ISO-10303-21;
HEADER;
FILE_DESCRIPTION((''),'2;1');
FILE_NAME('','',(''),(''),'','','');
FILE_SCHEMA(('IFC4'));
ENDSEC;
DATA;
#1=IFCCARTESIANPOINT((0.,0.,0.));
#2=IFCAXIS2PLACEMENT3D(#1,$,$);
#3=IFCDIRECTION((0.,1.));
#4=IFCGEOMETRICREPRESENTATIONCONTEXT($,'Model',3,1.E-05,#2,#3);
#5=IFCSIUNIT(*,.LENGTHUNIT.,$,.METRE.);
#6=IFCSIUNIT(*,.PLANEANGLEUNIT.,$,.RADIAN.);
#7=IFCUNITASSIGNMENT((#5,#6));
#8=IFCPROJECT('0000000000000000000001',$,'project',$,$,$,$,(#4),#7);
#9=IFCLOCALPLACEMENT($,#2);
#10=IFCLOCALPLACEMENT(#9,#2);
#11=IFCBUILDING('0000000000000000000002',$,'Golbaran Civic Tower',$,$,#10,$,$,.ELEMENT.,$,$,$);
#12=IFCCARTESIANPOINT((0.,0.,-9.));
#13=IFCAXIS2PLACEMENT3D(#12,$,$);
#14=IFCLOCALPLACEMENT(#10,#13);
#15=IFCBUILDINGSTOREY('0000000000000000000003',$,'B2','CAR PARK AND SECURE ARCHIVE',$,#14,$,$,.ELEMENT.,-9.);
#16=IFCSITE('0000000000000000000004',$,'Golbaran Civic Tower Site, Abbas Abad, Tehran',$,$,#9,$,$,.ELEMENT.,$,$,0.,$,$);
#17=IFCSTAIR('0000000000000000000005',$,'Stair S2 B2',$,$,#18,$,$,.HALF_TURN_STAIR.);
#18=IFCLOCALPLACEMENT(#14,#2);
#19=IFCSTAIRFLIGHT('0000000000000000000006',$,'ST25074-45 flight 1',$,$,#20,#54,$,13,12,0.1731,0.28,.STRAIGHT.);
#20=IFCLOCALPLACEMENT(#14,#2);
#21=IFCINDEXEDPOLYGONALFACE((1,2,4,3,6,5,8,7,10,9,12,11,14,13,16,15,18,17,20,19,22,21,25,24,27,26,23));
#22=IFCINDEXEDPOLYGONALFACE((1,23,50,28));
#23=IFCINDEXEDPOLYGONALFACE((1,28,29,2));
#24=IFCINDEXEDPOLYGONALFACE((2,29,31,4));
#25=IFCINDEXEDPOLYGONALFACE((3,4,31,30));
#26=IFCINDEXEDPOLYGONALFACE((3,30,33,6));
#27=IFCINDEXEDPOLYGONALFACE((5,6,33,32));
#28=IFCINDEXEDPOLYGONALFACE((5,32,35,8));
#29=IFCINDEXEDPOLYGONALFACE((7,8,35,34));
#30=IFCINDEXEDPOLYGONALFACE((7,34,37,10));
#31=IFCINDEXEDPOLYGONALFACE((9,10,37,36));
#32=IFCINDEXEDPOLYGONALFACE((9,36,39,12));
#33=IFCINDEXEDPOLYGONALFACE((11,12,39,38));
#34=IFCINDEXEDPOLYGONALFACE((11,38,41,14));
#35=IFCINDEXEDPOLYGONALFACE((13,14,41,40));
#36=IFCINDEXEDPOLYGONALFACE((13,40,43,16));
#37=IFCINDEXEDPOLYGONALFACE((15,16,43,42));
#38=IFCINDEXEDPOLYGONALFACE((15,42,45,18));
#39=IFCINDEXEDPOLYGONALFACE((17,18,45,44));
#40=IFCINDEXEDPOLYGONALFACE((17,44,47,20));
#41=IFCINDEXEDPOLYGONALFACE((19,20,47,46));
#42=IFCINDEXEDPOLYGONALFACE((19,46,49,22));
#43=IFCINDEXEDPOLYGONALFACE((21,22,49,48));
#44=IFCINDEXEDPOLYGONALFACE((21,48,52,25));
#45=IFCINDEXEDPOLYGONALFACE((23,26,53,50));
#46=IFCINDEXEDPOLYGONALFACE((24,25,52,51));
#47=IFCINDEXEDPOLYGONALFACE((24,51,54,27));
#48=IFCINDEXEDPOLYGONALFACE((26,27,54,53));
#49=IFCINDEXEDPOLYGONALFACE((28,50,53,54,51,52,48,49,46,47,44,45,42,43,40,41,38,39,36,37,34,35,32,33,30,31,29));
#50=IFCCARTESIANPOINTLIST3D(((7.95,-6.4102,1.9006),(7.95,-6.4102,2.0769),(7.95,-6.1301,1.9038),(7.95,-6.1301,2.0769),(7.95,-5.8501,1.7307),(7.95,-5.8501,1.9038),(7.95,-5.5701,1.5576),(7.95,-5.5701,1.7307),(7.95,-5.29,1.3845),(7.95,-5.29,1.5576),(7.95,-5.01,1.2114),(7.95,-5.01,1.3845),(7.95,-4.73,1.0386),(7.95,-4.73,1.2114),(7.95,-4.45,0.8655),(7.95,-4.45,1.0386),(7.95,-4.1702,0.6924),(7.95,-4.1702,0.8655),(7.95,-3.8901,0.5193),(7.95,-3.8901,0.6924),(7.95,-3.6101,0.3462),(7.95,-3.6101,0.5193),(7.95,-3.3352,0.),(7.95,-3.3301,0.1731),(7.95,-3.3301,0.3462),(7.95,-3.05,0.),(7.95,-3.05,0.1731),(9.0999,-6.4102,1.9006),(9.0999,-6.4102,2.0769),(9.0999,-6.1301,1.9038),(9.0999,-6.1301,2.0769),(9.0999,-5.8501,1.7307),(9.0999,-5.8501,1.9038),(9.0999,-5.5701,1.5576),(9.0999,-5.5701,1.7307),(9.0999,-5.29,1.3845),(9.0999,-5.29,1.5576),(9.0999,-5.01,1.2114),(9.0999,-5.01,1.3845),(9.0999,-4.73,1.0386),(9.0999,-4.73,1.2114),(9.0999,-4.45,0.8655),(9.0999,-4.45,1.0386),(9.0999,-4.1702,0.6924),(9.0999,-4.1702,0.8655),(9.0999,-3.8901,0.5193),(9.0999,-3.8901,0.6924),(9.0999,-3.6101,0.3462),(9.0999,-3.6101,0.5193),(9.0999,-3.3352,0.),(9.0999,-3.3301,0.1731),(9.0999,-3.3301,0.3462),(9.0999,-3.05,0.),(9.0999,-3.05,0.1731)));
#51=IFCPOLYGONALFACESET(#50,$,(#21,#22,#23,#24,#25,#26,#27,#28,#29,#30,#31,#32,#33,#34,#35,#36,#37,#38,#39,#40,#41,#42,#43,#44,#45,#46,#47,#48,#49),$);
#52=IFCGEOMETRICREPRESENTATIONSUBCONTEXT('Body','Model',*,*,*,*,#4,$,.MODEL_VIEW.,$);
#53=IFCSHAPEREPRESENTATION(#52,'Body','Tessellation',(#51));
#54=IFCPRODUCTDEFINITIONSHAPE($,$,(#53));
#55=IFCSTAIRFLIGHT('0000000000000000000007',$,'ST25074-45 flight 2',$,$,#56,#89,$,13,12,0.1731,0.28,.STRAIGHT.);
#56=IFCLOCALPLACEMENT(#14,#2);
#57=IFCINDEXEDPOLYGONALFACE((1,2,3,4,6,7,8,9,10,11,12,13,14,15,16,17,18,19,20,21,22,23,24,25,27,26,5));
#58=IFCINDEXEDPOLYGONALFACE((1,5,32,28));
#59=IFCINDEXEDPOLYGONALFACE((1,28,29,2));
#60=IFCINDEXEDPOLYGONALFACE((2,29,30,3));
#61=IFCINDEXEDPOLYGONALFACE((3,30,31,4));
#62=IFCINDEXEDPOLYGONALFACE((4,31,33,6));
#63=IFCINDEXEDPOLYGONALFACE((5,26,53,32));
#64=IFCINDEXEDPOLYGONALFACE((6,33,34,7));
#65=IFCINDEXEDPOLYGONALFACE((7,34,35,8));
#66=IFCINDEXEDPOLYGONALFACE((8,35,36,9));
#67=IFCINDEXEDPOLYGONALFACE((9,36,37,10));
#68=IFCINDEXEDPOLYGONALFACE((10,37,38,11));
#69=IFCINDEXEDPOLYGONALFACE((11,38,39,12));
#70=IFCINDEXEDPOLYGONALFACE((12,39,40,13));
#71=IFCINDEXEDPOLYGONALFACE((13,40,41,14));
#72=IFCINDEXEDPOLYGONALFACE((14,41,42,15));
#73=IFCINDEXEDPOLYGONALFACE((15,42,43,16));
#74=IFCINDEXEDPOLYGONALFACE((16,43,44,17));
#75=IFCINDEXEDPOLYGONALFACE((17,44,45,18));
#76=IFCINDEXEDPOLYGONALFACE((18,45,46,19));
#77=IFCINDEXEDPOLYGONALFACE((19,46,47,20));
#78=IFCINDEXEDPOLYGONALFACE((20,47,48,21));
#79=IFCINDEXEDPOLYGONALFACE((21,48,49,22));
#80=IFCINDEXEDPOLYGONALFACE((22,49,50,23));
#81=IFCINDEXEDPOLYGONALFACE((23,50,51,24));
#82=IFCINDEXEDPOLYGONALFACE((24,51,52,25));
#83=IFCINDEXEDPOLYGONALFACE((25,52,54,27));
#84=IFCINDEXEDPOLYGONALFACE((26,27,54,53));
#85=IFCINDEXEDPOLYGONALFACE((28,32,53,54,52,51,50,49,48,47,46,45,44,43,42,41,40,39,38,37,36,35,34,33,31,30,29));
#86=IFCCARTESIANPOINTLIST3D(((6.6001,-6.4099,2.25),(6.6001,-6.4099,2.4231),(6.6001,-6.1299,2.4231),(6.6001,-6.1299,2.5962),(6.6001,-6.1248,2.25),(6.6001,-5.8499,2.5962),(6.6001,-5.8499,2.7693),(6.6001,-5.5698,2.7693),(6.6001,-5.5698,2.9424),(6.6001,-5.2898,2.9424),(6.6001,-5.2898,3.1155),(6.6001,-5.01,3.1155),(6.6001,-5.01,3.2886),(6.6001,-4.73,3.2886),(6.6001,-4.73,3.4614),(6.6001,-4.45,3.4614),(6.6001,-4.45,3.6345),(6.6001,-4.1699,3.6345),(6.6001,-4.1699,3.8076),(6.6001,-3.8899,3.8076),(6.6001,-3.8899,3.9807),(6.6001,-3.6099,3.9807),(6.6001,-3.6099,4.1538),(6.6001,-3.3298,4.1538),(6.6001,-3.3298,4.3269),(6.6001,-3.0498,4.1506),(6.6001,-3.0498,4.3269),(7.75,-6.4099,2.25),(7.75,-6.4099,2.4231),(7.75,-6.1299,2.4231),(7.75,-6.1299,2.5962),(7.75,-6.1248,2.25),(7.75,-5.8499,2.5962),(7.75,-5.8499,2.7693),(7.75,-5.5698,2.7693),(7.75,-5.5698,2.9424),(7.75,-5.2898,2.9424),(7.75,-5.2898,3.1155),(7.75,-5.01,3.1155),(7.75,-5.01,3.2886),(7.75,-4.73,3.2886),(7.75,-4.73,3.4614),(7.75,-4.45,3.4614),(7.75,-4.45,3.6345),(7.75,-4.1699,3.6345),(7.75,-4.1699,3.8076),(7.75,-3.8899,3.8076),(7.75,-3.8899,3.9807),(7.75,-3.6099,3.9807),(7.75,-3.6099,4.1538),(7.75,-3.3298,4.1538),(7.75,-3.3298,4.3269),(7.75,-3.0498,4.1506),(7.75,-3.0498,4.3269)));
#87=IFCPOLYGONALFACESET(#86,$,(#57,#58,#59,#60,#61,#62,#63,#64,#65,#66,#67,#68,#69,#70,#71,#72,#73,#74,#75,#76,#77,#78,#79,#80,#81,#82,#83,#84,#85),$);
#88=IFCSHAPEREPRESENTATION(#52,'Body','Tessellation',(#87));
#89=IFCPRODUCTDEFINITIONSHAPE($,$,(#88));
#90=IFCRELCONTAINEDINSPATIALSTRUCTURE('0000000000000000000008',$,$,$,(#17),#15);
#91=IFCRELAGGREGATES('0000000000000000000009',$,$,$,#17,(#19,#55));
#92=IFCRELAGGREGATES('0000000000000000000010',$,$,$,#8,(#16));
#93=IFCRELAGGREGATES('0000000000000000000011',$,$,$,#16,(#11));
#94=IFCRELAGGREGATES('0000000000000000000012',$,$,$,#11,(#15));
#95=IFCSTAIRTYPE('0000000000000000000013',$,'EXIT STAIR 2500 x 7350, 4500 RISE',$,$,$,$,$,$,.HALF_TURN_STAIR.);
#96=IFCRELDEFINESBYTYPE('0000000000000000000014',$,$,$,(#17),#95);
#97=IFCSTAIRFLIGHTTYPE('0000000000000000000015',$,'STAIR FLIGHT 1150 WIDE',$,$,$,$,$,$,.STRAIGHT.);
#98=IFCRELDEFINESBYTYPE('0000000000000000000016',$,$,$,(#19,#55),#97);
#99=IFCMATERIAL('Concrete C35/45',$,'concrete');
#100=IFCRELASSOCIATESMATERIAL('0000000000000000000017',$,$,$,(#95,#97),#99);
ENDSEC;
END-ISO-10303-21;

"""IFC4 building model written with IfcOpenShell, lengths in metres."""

from ifc_helpers import new_model, si_unit, direction, frame, origin, place, context, subcontext, project, spatial, polyline, outline, extrude, material, type_object, element, aggregate, save


model = new_model("IFC4")

# Units and contexts
model_context = context("Model", 3, precision=1e-05, world=origin(), true_north=direction((0.0, 1.0)))
body_context = subcontext(model_context, "Body", "Model", "MODEL_VIEW")
ifc_project = project(units=[si_unit("LENGTHUNIT", "METRE"), si_unit("PLANEANGLEUNIT", "RADIAN")], contexts=[model_context])

# Site, building, storey
site_placement = place(None, origin())
site = spatial("IfcSite", under=ifc_project, at=site_placement, Name="Golbaran Civic Tower Site, Abbas Abad, Tehran", CompositionType="ELEMENT", RefElevation=0.0)
building_placement = place(site_placement, origin())
building = spatial("IfcBuilding", under=site, at=building_placement, Name="Golbaran Civic Tower", CompositionType="ELEMENT")
storey_placement = place(building_placement, frame((0.0, 0.0, -9.0)))
storey = spatial("IfcBuildingStorey", under=building, at=storey_placement, Name="B2", Description="CAR PARK AND SECURE ARCHIVE", CompositionType="ELEMENT", Elevation=-9.0)

# Shared definitions
ifc_material_1 = material(Name="Concrete C35/45", Category="concrete")
stair_type_1 = type_object("IfcStairType", Name="EXIT STAIR 2500 x 7350, 4500 RISE", PredefinedType="HALF_TURN_STAIR", material=ifc_material_1)

# Stair
stair_1_placement = place(storey_placement, origin())
stair_1 = element("IfcStair", 1, at=stair_1_placement, inside=storey, type_object=stair_type_1, Name="Stair S2 B2", PredefinedType="HALF_TURN_STAIR")

# Stair flights
stair_flight_type = type_object("IfcStairFlightType", Name="STAIR FLIGHT 1150 WIDE", PredefinedType="STRAIGHT", material=ifc_material_1)
stair_flight_1_placement = place(storey_placement, frame((8.5249, -3.05, 0.0), z_axis=(0.0, 0.0, 1.0), x_axis=(0.0, -1.0, 0.0)))
stair_flight_1 = element("IfcStairFlight", 2, at=stair_flight_1_placement, type_object=stair_flight_type, Name="ST25074-45 flight 1", NumberOfRisers=13, NumberOfTreads=12, PredefinedType="STRAIGHT", RiserHeight=0.1731, TreadLength=0.28, context=body_context, shape_type="SweptSolid", body=[
    extrude(outline(polyline([(0.0, 0.0), (0.0, 0.1731), (0.28, 0.1731), (0.28, 0.3462), (0.5601, 0.3462), (0.5601, 0.5193), (0.8401, 0.5193), (0.8401, 0.6924), (1.1201, 0.6924), (1.1201, 0.8655), (1.3999, 0.8655), (1.3999, 1.0386), (1.6799, 1.0386), (1.6799, 1.2114), (1.96, 1.2114), (1.96, 1.3845), (2.24, 1.3845), (2.24, 1.5576), (2.52, 1.5576), (2.52, 1.7307), (2.8, 1.7307), (2.8, 1.9038), (3.0801, 1.9038), (3.0801, 2.0769), (3.3601, 2.0769), (3.3601, 2.25), (3.3601, 1.9006), (0.2852, 0.0), (0.0, 0.0)])), frame((0.0, 0.575, 0.0), z_axis=(0.0, -1.0, 0.0), x_axis=(1.0, 0.0, 0.0)), (0.0, 0.0, 1.0), 1.1499),
])
stair_flight_2_placement = place(storey_placement, frame((7.175, -6.4099, 2.25), z_axis=(0.0, 0.0, 1.0), x_axis=(0.0, 1.0, 0.0)))
stair_flight_2 = element("IfcStairFlight", 3, at=stair_flight_2_placement, type_object=stair_flight_type, Name="ST25074-45 flight 2", NumberOfRisers=13, NumberOfTreads=12, PredefinedType="STRAIGHT", RiserHeight=0.1731, TreadLength=0.28, context=body_context, shape_type="SweptSolid", body=[
    extrude(outline(polyline([(0.0, 0.0), (0.0, 0.1731), (0.28, 0.1731), (0.28, 0.3462), (0.5601, 0.3462), (0.5601, 0.5193), (0.8401, 0.5193), (0.8401, 0.6924), (1.1201, 0.6924), (1.1201, 0.8655), (1.3999, 0.8655), (1.3999, 1.0386), (1.6799, 1.0386), (1.6799, 1.2114), (1.96, 1.2114), (1.96, 1.3845), (2.24, 1.3845), (2.24, 1.5576), (2.52, 1.5576), (2.52, 1.7307), (2.8, 1.7307), (2.8, 1.9038), (3.0801, 1.9038), (3.0801, 2.0769), (3.3601, 2.0769), (3.3601, 2.25), (3.3601, 1.9006), (0.2852, 0.0), (0.0, 0.0)])), frame((0.0, 0.575, 0.0), z_axis=(0.0, -1.0, 0.0), x_axis=(1.0, 0.0, 0.0)), (0.0, 0.0, 1.0), 1.1499),
])
aggregate(stair_1, [stair_flight_1, stair_flight_2])

save(model, "model.ifc")
